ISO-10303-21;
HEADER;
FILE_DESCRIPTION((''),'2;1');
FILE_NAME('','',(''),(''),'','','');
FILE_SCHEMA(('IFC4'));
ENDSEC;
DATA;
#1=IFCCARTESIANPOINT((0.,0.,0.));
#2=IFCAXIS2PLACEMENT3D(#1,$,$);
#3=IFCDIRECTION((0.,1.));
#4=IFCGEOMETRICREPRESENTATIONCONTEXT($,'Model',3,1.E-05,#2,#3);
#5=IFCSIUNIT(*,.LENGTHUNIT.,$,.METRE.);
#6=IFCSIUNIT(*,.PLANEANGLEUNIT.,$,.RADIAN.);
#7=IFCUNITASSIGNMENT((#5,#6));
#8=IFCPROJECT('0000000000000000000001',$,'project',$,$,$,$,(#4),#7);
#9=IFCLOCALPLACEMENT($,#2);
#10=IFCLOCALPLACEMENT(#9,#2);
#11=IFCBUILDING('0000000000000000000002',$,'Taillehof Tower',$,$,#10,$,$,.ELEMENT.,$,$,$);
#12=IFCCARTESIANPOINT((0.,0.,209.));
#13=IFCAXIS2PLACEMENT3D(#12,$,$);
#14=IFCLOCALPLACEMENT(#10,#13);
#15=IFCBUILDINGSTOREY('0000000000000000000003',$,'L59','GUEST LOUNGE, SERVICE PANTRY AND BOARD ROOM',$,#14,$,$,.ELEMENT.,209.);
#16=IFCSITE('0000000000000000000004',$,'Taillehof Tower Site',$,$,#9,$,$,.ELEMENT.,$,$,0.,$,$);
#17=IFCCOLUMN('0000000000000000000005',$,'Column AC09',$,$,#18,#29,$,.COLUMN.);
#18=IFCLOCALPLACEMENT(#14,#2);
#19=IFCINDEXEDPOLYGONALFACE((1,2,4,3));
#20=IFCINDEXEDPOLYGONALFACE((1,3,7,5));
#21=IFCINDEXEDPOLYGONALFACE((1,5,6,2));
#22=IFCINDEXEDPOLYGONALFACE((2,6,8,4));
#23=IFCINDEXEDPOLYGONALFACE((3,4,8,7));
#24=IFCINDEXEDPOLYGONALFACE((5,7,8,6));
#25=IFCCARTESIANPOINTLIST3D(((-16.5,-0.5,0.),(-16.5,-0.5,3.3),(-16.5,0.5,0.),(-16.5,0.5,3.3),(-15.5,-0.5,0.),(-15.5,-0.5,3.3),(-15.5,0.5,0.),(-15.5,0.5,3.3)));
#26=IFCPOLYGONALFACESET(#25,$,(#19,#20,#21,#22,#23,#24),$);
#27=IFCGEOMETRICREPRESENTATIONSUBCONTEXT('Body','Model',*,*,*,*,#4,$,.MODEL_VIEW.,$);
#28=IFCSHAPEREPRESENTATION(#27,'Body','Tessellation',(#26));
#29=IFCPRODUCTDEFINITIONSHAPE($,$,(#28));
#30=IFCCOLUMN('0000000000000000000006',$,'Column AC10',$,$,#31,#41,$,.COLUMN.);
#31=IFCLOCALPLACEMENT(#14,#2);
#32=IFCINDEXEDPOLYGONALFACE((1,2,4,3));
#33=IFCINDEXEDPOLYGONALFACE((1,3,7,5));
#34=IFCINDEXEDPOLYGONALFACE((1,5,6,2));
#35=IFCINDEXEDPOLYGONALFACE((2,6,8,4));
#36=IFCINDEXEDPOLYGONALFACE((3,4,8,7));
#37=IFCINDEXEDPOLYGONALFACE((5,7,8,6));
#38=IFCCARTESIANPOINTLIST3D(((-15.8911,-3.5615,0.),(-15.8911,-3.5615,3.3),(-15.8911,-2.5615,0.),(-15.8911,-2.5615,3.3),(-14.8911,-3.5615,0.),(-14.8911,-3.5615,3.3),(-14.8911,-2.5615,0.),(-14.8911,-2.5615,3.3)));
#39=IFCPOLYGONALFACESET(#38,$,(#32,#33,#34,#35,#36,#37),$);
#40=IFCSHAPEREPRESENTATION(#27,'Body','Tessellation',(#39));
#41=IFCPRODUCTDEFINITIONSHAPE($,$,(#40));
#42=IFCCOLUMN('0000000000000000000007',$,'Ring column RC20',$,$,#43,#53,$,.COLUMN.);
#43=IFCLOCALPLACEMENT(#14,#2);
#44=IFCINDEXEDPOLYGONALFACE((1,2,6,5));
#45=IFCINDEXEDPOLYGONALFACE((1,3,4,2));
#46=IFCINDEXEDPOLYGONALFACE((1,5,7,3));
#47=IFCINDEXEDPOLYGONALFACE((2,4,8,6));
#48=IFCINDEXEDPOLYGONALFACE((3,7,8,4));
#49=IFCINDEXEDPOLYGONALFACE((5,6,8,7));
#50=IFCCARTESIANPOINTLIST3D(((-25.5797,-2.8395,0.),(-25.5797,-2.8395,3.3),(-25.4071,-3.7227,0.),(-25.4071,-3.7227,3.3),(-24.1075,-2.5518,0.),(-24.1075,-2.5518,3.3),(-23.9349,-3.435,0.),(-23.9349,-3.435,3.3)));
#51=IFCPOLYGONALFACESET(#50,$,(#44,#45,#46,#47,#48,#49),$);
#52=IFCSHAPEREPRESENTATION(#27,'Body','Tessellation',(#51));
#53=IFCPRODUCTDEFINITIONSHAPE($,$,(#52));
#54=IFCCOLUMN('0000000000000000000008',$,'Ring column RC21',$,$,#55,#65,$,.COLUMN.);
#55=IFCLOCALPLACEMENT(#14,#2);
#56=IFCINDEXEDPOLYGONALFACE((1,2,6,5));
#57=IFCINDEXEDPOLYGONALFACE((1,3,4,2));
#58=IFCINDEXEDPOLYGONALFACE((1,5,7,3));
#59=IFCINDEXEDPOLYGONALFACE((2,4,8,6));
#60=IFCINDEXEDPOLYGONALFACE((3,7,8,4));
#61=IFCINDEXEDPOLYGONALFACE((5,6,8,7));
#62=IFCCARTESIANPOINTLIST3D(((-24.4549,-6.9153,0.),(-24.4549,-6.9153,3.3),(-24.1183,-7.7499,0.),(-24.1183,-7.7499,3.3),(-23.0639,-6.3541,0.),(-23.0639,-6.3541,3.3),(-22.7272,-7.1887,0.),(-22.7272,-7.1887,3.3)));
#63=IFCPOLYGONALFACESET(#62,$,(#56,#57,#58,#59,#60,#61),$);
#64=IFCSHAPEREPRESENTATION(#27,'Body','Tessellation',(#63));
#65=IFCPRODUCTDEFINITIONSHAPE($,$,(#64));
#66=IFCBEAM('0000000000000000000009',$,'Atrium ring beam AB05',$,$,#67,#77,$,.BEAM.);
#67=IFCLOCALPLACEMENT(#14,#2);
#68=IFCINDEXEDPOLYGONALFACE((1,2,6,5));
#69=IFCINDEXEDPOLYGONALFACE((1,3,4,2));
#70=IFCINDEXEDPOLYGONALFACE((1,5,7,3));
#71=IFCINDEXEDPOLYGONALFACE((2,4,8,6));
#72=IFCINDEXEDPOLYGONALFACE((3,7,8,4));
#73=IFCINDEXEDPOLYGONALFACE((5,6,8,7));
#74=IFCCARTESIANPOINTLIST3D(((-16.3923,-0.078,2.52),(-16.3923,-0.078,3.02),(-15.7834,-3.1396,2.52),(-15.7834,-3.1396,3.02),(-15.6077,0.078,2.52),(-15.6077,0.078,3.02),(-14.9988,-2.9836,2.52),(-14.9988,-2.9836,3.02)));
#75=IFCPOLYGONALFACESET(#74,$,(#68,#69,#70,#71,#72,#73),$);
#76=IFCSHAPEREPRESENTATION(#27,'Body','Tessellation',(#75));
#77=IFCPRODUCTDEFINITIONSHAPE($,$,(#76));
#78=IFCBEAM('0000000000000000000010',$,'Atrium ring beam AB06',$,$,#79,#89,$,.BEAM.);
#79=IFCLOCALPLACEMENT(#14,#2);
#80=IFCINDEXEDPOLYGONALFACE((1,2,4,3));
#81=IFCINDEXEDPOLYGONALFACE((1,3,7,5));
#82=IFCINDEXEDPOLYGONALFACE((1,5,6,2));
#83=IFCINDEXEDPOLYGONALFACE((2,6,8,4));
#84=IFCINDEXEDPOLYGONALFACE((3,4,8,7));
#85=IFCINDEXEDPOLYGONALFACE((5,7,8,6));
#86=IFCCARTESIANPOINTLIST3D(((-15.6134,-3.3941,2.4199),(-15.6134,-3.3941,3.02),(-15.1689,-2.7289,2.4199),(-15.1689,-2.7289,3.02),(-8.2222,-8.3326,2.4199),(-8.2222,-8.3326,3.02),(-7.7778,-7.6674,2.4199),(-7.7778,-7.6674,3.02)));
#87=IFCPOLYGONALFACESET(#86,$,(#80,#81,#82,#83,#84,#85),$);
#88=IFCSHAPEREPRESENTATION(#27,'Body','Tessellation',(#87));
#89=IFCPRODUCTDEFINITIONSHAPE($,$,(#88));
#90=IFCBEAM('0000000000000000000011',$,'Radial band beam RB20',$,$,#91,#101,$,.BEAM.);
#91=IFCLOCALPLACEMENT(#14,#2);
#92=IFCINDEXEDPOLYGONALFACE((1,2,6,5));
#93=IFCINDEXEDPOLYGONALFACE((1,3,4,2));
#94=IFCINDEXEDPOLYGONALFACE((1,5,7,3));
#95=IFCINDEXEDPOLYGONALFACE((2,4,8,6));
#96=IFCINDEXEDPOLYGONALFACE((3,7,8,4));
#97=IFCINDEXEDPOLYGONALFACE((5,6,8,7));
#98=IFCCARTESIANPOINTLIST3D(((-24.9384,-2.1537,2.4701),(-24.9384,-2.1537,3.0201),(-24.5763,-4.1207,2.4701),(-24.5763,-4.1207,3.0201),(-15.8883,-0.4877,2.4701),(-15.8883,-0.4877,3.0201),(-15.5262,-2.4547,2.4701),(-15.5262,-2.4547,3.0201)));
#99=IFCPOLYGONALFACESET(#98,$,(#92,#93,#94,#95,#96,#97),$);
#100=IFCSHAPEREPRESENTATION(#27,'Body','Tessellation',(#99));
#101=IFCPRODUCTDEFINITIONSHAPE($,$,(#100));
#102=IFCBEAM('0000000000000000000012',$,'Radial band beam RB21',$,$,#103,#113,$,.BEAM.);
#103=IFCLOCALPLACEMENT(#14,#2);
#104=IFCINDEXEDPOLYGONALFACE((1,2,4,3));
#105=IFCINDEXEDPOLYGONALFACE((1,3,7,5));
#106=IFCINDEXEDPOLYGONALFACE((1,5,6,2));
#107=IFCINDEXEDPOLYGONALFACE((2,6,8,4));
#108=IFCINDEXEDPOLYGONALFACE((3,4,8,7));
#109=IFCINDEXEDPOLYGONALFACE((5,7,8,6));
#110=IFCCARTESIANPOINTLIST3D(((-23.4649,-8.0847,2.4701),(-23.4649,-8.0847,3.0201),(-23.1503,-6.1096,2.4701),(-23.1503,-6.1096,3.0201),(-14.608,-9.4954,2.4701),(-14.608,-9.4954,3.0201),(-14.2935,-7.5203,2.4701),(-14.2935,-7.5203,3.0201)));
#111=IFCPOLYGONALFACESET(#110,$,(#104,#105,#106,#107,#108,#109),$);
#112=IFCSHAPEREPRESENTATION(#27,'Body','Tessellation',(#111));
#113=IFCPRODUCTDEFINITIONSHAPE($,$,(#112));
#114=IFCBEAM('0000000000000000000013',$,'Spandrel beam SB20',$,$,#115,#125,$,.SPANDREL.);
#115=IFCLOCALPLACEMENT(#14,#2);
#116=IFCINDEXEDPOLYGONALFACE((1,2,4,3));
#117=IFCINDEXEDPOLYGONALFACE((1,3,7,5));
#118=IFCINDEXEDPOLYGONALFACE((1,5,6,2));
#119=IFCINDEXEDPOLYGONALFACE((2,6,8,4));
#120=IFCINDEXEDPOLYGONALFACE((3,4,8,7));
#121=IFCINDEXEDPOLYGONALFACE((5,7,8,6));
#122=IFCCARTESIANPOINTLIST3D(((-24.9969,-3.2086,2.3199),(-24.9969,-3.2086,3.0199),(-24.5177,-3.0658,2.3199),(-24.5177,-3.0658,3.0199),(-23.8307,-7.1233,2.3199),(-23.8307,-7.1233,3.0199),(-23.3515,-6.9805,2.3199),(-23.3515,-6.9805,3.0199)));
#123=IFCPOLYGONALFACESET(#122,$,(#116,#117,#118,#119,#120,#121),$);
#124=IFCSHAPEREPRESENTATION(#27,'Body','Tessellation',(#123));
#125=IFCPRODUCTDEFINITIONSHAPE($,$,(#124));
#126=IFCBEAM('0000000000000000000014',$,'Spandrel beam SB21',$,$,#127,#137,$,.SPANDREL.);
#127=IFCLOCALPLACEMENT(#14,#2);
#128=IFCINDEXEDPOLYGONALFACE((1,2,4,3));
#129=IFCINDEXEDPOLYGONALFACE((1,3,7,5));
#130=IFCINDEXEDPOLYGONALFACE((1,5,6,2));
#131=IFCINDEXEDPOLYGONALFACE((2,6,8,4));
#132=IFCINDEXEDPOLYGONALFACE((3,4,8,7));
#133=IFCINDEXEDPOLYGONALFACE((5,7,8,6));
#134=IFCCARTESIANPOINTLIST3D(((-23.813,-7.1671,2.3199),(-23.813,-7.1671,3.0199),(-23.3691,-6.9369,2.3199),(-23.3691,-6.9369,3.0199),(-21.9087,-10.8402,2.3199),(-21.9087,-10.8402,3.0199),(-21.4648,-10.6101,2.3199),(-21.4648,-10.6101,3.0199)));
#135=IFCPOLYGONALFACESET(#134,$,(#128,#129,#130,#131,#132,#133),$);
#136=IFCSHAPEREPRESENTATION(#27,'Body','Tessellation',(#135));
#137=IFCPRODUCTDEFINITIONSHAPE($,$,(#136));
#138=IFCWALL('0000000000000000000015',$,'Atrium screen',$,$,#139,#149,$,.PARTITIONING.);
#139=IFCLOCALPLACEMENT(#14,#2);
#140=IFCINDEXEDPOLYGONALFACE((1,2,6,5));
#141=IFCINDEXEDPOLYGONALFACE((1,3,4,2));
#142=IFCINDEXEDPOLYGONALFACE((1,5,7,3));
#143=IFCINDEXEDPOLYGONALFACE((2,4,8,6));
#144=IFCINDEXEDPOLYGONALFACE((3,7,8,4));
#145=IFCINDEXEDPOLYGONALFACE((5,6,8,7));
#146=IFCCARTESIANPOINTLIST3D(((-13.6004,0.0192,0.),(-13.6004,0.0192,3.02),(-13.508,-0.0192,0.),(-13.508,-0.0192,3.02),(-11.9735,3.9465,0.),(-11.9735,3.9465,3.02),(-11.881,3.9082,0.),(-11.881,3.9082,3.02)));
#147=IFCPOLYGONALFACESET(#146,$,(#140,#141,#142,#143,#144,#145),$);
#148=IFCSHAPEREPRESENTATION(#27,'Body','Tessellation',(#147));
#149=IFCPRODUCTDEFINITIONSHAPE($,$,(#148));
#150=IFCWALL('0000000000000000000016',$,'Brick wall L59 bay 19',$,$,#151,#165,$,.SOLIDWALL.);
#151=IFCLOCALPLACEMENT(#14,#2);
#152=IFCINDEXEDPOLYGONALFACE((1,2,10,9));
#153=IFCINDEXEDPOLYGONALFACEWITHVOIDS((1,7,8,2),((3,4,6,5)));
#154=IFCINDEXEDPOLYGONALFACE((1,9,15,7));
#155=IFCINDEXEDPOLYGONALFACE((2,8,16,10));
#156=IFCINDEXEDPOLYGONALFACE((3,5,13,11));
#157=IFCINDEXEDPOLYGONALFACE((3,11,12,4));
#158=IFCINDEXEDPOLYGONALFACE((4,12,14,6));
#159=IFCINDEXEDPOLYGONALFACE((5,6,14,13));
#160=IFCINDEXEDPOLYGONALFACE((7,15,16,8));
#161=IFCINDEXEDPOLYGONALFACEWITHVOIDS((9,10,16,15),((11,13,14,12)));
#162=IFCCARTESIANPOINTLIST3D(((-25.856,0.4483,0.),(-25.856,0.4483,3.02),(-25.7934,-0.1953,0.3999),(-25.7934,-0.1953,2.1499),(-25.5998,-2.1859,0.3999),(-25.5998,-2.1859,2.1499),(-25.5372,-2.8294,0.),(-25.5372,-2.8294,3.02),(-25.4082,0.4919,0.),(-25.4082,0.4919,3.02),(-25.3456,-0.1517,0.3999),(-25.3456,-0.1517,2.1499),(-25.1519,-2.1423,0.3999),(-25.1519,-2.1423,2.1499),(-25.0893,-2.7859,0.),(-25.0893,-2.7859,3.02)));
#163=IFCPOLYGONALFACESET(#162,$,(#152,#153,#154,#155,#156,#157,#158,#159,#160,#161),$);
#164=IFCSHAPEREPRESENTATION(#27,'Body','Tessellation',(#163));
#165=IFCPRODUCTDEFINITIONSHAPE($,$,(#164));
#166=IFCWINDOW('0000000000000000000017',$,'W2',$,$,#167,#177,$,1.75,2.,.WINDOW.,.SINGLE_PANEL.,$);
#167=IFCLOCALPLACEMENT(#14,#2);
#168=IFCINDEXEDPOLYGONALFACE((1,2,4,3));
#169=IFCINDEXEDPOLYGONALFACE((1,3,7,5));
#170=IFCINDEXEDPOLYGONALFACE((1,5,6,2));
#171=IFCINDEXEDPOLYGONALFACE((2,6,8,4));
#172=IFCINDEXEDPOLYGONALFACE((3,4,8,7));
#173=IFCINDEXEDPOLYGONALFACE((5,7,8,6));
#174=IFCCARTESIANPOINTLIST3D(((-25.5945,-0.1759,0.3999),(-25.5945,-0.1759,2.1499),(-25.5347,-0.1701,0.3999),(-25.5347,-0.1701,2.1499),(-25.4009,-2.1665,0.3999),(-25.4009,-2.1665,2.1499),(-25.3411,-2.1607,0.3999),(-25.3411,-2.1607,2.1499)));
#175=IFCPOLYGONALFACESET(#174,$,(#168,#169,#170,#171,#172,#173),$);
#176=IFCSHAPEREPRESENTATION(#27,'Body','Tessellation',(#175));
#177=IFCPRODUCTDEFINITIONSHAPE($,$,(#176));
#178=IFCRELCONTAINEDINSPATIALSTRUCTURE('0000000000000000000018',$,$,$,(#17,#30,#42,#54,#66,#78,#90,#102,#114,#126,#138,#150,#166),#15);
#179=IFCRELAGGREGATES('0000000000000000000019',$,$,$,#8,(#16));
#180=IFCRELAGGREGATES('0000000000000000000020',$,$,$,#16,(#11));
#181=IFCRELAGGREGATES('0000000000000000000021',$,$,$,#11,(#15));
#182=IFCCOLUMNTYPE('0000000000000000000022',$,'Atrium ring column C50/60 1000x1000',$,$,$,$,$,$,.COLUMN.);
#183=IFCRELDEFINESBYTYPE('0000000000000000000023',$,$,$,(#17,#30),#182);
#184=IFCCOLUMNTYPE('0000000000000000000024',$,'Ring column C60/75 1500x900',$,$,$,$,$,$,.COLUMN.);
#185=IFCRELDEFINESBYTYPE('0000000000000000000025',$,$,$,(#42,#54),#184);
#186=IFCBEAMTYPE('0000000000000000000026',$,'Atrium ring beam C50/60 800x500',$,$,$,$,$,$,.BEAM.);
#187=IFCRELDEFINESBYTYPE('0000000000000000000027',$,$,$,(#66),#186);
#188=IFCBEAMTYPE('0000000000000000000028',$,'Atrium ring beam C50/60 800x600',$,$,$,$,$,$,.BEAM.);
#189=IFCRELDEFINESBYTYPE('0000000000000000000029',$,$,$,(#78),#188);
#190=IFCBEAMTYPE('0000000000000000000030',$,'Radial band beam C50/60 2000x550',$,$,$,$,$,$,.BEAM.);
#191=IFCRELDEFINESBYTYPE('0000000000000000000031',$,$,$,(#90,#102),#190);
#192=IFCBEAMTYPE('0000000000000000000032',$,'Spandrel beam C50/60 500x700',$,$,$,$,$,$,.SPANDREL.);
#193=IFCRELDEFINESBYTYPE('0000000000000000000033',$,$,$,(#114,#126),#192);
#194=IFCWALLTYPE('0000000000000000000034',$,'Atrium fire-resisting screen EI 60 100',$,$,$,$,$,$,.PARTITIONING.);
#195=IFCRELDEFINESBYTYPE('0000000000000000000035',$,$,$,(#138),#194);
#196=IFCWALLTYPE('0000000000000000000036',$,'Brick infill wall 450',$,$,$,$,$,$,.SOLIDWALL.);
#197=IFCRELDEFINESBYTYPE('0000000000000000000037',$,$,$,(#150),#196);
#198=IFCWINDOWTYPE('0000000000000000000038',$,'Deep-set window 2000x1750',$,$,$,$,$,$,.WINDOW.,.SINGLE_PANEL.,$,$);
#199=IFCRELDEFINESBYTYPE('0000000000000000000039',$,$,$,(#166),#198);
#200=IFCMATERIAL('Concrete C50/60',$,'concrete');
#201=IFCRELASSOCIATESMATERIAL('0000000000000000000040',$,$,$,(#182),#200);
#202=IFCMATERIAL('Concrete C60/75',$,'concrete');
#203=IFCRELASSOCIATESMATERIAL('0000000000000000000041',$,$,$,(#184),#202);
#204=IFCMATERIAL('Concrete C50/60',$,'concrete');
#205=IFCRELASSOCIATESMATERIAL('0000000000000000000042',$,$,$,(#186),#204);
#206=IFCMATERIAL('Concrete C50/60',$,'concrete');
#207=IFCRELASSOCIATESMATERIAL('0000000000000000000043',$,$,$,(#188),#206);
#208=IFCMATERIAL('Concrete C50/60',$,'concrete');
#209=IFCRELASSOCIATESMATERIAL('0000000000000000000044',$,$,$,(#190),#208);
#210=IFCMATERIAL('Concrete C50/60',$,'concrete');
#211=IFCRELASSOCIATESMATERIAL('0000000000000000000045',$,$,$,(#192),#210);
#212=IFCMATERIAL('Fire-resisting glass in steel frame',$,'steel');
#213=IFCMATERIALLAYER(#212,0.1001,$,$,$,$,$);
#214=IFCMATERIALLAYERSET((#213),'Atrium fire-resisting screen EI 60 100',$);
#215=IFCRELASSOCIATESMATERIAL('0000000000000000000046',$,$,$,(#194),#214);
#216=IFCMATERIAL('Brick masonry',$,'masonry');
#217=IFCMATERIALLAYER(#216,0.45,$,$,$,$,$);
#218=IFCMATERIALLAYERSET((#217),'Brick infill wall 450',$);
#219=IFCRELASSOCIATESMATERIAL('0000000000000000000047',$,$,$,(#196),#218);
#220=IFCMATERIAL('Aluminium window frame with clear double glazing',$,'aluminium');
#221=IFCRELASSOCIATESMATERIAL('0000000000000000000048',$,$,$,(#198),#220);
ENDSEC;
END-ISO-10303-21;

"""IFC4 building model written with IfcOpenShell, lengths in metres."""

from ifc_helpers import new_model, si_unit, direction, frame, frame_2d, origin, origin_2d, place, context, subcontext, project, spatial, rectangle, extrude, material, layer, layer_set, material_profile, profile_set, type_object, element, fill, save


model = new_model("IFC4")

# Units and contexts
model_context = context("Model", 3, precision=1e-05, world=origin(), true_north=direction((0.0, 1.0)))
body_context = subcontext(model_context, "Body", "Model", "MODEL_VIEW")
ifc_project = project(units=[si_unit("LENGTHUNIT", "METRE"), si_unit("PLANEANGLEUNIT", "RADIAN")], contexts=[model_context])

# Site, building, storey
site_placement = place(None, origin())
site = spatial("IfcSite", under=ifc_project, at=site_placement, Name="Taillehof Tower Site", CompositionType="ELEMENT", RefElevation=0.0)
building_placement = place(site_placement, origin())
building = spatial("IfcBuilding", under=site, at=building_placement, Name="Taillehof Tower", CompositionType="ELEMENT")
storey_placement = place(building_placement, frame((0.0, 0.0, 209.0)))
storey = spatial("IfcBuildingStorey", under=building, at=storey_placement, Name="L59", Description="GUEST LOUNGE, SERVICE PANTRY AND BOARD ROOM", CompositionType="ELEMENT", Elevation=209.0)

# Columns
ifc_material_1 = material(Name="Concrete C50/60", Category="concrete")
ifc_material_profile_1 = material_profile(ifc_material_1, rectangle(XDim=1.0, YDim=1.0, at=origin_2d()), Name="RC 1000x1000")
ifc_profile_set_1 = profile_set([ifc_material_profile_1], Name="Concrete C50/60")
column_type_1 = type_object("IfcColumnType", Name="Atrium ring column C50/60 1000x1000", PredefinedType="COLUMN", material=ifc_profile_set_1)
for number, where, z_axis, x_axis, name in (
    (1, (-16.0, 0.0, 0.0), (0.0, 0.0, 1.0), (1.0, 0.0, 0.0), "Column AC09"),
    (2, (-15.3911, -3.0615, 0.0), (0.0, 0.0, 1.0), (1.0, 0.0, 0.0), "Column AC10"),
):
    element("IfcColumn", number, at=place(storey_placement, frame(where, z_axis=z_axis, x_axis=x_axis)), inside=storey, type_object=column_type_1, Name=name, PredefinedType="COLUMN", context=body_context, shape_type="SweptSolid", body=[
        extrude(rectangle(XDim=1.0, YDim=1.0, at=origin_2d()), origin(), (0.0, 0.0, 1.0), 3.3),
    ])
ifc_material_2 = material(Name="Concrete C60/75", Category="concrete")
ifc_material_profile_2 = material_profile(ifc_material_2, rectangle(XDim=1.5, YDim=0.8999, at=origin_2d()), Name="RC 1500x900")
ifc_profile_set_2 = profile_set([ifc_material_profile_2], Name="Concrete C60/75")
column_type_2 = type_object("IfcColumnType", Name="Ring column C60/75 1500x900", PredefinedType="COLUMN", material=ifc_profile_set_2)
for number, where, z_axis, x_axis, name in (
    (3, (-24.7573, -3.1372, 0.0), (0.0, 0.0, 1.0), (-0.981434, -0.191801, 0.0), "Ring column RC20"),
    (4, (-23.5911, -7.052, 0.0), (0.0, 0.0, 1.0), (-0.927385, -0.374108, 0.0), "Ring column RC21"),
):
    element("IfcColumn", number, at=place(storey_placement, frame(where, z_axis=z_axis, x_axis=x_axis)), inside=storey, type_object=column_type_2, Name=name, PredefinedType="COLUMN", context=body_context, shape_type="SweptSolid", body=[
        extrude(rectangle(XDim=1.5, YDim=0.8999, at=origin_2d()), origin(), (0.0, 0.0, 1.0), 3.3),
    ])

# Beams
ifc_material_3 = material(Name="Concrete C50/60", Category="concrete")
ifc_material_profile_3 = material_profile(ifc_material_3, rectangle(XDim=0.8, YDim=0.5, at=origin_2d()), Name="RC 800x500")
ifc_profile_set_3 = profile_set([ifc_material_profile_3], Name="Concrete C50/60")
beam_type_1 = type_object("IfcBeamType", Name="Atrium ring beam C50/60 800x500", PredefinedType="BEAM", material=ifc_profile_set_3)
beam_1_placement = place(storey_placement, frame((-16.0, 0.0, 2.77), z_axis=(0.195063, -0.980791, 0.0), x_axis=(0.980791, 0.195063, 0.0)))
element("IfcBeam", 5, at=beam_1_placement, inside=storey, type_object=beam_type_1, Name="Atrium ring beam AB05", PredefinedType="BEAM", context=body_context, shape_type="SweptSolid", body=[
    extrude(rectangle(XDim=0.8, YDim=0.5, at=origin_2d()), origin(), (0.0, 0.0, 1.0), 3.1216),
])
ifc_material_4 = material(Name="Concrete C50/60", Category="concrete")
ifc_material_profile_4 = material_profile(ifc_material_4, rectangle(XDim=0.8, YDim=0.6001, at=origin_2d()), Name="RC 800x600")
ifc_profile_set_4 = profile_set([ifc_material_profile_4], Name="Concrete C50/60")
beam_type_2 = type_object("IfcBeamType", Name="Atrium ring beam C50/60 800x600", PredefinedType="BEAM", material=ifc_profile_set_4)
beam_2_placement = place(storey_placement, frame((-15.3911, -3.0615, 2.72), z_axis=(0.831475, -0.555562, 0.0), x_axis=(0.555562, 0.831475, 0.0)))
element("IfcBeam", 6, at=beam_2_placement, inside=storey, type_object=beam_type_2, Name="Atrium ring beam AB06", PredefinedType="BEAM", context=body_context, shape_type="SweptSolid", body=[
    extrude(rectangle(XDim=0.8, YDim=0.6001, at=origin_2d()), origin(), (0.0, 0.0, 1.0), 8.8892),
])
ifc_material_5 = material(Name="Concrete C50/60", Category="concrete")
ifc_material_profile_5 = material_profile(ifc_material_5, rectangle(XDim=2.0, YDim=0.55, at=origin_2d()), Name="RC 2000x550")
ifc_profile_set_5 = profile_set([ifc_material_profile_5], Name="Concrete C50/60")
beam_type_3 = type_object("IfcBeamType", Name="Radial band beam C50/60 2000x550", PredefinedType="BEAM", material=ifc_profile_set_5)
beam_3_placement = place(storey_placement, frame((-24.7573, -3.1372, 2.7451), z_axis=(0.983474, 0.181047, 0.0), x_axis=(-0.181047, 0.983474, 0.0)))
element("IfcBeam", 7, at=beam_3_placement, inside=storey, type_object=beam_type_3, Name="Radial band beam RB20", PredefinedType="BEAM", context=body_context, shape_type="SweptSolid", body=[
    extrude(rectangle(XDim=2.0, YDim=0.55, at=origin_2d()), origin(), (0.0, 0.0, 1.0), 9.2021),
])
beam_4_placement = place(storey_placement, frame((-23.3076, -7.0972, 2.7451), z_axis=(0.987553, -0.157288, 0.0), x_axis=(0.157288, 0.987553, 0.0)))
element("IfcBeam", 8, at=beam_4_placement, inside=storey, type_object=beam_type_3, Name="Radial band beam RB21", PredefinedType="BEAM", context=body_context, shape_type="SweptSolid", body=[
    extrude(rectangle(XDim=2.0, YDim=0.55, at=origin_2d()), origin(), (0.0, 0.0, 1.0), 8.9685),
])
ifc_material_6 = material(Name="Concrete C50/60", Category="concrete")
ifc_material_profile_6 = material_profile(ifc_material_6, rectangle(XDim=0.5, YDim=0.7, at=origin_2d()), Name="RC 500x700")
ifc_profile_set_6 = profile_set([ifc_material_profile_6], Name="Concrete C50/60")
beam_type_4 = type_object("IfcBeamType", Name="Spandrel beam C50/60 500x700", PredefinedType="SPANDREL", material=ifc_profile_set_6)
beam_5_placement = place(storey_placement, frame((-24.7573, -3.1372, 2.6699), z_axis=(0.28551, -0.958376, 0.0), x_axis=(0.958376, 0.28551, 0.0)))
element("IfcBeam", 9, at=beam_5_placement, inside=storey, type_object=beam_type_4, Name="Spandrel beam SB20", PredefinedType="SPANDREL", context=body_context, shape_type="SweptSolid", body=[
    extrude(rectangle(XDim=0.5, YDim=0.7, at=origin_2d()), origin(), (0.0, 0.0, 1.0), 4.0847),
])
beam_6_placement = place(storey_placement, frame((-23.5911, -7.052, 2.6699), z_axis=(0.460265, -0.887781, 0.0), x_axis=(0.887781, 0.460265, 0.0)))
element("IfcBeam", 10, at=beam_6_placement, inside=storey, type_object=beam_type_4, Name="Spandrel beam SB21", PredefinedType="SPANDREL", context=body_context, shape_type="SweptSolid", body=[
    extrude(rectangle(XDim=0.5, YDim=0.7, at=origin_2d()), origin(), (0.0, 0.0, 1.0), 4.1375),
])

# Wall
ifc_material_7 = material(Name="Fire-resisting glass in steel frame", Category="steel")
ifc_layer_1 = layer(ifc_material_7, 0.1001)
ifc_layer_set_1 = layer_set([ifc_layer_1], Name="Atrium fire-resisting screen EI 60 100")
wall_type_1 = type_object("IfcWallType", Name="Atrium fire-resisting screen EI 60 100", PredefinedType="PARTITIONING", material=ifc_layer_set_1)
wall_1_placement = place(storey_placement, frame((-13.5542, 0.0, 0.0), z_axis=(0.0, 0.0, 1.0), x_axis=(0.382731, 0.92386, 0.0)))
element("IfcWall", 11, at=wall_1_placement, inside=storey, type_object=wall_type_1, Name="Atrium screen", PredefinedType="PARTITIONING", context=body_context, shape_type="SweptSolid", body=[
    extrude(rectangle(XDim=4.251, YDim=0.1001, at=frame_2d((2.1255, 0.0))), origin(), (0.0, 0.0, 1.0), 3.02),
])

# Wall, opening, window
ifc_material_8 = material(Name="Brick masonry", Category="masonry")
ifc_layer_2 = layer(ifc_material_8, 0.45)
ifc_layer_set_2 = layer_set([ifc_layer_2], Name="Brick infill wall 450")
wall_type_2 = type_object("IfcWallType", Name="Brick infill wall 450", PredefinedType="SOLIDWALL", material=ifc_layer_set_2)
wall_2_placement = place(storey_placement, frame((-25.6321, 0.47, 0.0), z_axis=(0.0, 0.0, 1.0), x_axis=(0.096817, -0.995302, 0.0)))
wall_2 = element("IfcWall", 12, at=wall_2_placement, inside=storey, type_object=wall_type_2, Name="Brick wall L59 bay 19", PredefinedType="SOLIDWALL", context=body_context, shape_type="SweptSolid", body=[
    extrude(rectangle(XDim=3.2932, YDim=0.45, at=frame_2d((1.6465, 0.0))), origin(), (0.0, 0.0, 1.0), 3.02),
])
opening_1_placement = place(wall_2_placement, frame((0.6465, 0.0, 0.3999)))
opening_1 = element("IfcOpeningElement", 13, at=opening_1_placement, cuts=wall_2, PredefinedType="OPENING", context=body_context, shape_type="SweptSolid", body=[
    extrude(rectangle(XDim=2.0, YDim=1.75, at=frame_2d((1.0, 0.875))), frame((0.0, 0.2349, 0.0), z_axis=(0.0, -1.0, 0.0), x_axis=(1.0, 0.0, 0.0)), (0.0, 0.0, 1.0), 0.47),
])
ifc_material_9 = material(Name="Aluminium window frame with clear double glazing", Category="aluminium")
window_type = type_object("IfcWindowType", Name="Deep-set window 2000x1750", PartitioningType="SINGLE_PANEL", PredefinedType="WINDOW", material=ifc_material_9)
window_1_placement = place(opening_1_placement, origin())
window_1 = element("IfcWindow", 14, at=window_1_placement, inside=storey, type_object=window_type, Name="W2", OverallHeight=1.75, OverallWidth=2.0, PartitioningType="SINGLE_PANEL", PredefinedType="WINDOW", context=body_context, shape_type="SweptSolid", body=[
    extrude(rectangle(XDim=2.0, YDim=1.75, at=frame_2d((1.0, 0.875))), frame((0.0, 0.0349, 0.0), z_axis=(0.0, -1.0, 0.0), x_axis=(1.0, 0.0, 0.0)), (0.0, 0.0, 1.0), 0.0601),
])
fill(opening_1, window_1)

save(model, "model.ifc")
